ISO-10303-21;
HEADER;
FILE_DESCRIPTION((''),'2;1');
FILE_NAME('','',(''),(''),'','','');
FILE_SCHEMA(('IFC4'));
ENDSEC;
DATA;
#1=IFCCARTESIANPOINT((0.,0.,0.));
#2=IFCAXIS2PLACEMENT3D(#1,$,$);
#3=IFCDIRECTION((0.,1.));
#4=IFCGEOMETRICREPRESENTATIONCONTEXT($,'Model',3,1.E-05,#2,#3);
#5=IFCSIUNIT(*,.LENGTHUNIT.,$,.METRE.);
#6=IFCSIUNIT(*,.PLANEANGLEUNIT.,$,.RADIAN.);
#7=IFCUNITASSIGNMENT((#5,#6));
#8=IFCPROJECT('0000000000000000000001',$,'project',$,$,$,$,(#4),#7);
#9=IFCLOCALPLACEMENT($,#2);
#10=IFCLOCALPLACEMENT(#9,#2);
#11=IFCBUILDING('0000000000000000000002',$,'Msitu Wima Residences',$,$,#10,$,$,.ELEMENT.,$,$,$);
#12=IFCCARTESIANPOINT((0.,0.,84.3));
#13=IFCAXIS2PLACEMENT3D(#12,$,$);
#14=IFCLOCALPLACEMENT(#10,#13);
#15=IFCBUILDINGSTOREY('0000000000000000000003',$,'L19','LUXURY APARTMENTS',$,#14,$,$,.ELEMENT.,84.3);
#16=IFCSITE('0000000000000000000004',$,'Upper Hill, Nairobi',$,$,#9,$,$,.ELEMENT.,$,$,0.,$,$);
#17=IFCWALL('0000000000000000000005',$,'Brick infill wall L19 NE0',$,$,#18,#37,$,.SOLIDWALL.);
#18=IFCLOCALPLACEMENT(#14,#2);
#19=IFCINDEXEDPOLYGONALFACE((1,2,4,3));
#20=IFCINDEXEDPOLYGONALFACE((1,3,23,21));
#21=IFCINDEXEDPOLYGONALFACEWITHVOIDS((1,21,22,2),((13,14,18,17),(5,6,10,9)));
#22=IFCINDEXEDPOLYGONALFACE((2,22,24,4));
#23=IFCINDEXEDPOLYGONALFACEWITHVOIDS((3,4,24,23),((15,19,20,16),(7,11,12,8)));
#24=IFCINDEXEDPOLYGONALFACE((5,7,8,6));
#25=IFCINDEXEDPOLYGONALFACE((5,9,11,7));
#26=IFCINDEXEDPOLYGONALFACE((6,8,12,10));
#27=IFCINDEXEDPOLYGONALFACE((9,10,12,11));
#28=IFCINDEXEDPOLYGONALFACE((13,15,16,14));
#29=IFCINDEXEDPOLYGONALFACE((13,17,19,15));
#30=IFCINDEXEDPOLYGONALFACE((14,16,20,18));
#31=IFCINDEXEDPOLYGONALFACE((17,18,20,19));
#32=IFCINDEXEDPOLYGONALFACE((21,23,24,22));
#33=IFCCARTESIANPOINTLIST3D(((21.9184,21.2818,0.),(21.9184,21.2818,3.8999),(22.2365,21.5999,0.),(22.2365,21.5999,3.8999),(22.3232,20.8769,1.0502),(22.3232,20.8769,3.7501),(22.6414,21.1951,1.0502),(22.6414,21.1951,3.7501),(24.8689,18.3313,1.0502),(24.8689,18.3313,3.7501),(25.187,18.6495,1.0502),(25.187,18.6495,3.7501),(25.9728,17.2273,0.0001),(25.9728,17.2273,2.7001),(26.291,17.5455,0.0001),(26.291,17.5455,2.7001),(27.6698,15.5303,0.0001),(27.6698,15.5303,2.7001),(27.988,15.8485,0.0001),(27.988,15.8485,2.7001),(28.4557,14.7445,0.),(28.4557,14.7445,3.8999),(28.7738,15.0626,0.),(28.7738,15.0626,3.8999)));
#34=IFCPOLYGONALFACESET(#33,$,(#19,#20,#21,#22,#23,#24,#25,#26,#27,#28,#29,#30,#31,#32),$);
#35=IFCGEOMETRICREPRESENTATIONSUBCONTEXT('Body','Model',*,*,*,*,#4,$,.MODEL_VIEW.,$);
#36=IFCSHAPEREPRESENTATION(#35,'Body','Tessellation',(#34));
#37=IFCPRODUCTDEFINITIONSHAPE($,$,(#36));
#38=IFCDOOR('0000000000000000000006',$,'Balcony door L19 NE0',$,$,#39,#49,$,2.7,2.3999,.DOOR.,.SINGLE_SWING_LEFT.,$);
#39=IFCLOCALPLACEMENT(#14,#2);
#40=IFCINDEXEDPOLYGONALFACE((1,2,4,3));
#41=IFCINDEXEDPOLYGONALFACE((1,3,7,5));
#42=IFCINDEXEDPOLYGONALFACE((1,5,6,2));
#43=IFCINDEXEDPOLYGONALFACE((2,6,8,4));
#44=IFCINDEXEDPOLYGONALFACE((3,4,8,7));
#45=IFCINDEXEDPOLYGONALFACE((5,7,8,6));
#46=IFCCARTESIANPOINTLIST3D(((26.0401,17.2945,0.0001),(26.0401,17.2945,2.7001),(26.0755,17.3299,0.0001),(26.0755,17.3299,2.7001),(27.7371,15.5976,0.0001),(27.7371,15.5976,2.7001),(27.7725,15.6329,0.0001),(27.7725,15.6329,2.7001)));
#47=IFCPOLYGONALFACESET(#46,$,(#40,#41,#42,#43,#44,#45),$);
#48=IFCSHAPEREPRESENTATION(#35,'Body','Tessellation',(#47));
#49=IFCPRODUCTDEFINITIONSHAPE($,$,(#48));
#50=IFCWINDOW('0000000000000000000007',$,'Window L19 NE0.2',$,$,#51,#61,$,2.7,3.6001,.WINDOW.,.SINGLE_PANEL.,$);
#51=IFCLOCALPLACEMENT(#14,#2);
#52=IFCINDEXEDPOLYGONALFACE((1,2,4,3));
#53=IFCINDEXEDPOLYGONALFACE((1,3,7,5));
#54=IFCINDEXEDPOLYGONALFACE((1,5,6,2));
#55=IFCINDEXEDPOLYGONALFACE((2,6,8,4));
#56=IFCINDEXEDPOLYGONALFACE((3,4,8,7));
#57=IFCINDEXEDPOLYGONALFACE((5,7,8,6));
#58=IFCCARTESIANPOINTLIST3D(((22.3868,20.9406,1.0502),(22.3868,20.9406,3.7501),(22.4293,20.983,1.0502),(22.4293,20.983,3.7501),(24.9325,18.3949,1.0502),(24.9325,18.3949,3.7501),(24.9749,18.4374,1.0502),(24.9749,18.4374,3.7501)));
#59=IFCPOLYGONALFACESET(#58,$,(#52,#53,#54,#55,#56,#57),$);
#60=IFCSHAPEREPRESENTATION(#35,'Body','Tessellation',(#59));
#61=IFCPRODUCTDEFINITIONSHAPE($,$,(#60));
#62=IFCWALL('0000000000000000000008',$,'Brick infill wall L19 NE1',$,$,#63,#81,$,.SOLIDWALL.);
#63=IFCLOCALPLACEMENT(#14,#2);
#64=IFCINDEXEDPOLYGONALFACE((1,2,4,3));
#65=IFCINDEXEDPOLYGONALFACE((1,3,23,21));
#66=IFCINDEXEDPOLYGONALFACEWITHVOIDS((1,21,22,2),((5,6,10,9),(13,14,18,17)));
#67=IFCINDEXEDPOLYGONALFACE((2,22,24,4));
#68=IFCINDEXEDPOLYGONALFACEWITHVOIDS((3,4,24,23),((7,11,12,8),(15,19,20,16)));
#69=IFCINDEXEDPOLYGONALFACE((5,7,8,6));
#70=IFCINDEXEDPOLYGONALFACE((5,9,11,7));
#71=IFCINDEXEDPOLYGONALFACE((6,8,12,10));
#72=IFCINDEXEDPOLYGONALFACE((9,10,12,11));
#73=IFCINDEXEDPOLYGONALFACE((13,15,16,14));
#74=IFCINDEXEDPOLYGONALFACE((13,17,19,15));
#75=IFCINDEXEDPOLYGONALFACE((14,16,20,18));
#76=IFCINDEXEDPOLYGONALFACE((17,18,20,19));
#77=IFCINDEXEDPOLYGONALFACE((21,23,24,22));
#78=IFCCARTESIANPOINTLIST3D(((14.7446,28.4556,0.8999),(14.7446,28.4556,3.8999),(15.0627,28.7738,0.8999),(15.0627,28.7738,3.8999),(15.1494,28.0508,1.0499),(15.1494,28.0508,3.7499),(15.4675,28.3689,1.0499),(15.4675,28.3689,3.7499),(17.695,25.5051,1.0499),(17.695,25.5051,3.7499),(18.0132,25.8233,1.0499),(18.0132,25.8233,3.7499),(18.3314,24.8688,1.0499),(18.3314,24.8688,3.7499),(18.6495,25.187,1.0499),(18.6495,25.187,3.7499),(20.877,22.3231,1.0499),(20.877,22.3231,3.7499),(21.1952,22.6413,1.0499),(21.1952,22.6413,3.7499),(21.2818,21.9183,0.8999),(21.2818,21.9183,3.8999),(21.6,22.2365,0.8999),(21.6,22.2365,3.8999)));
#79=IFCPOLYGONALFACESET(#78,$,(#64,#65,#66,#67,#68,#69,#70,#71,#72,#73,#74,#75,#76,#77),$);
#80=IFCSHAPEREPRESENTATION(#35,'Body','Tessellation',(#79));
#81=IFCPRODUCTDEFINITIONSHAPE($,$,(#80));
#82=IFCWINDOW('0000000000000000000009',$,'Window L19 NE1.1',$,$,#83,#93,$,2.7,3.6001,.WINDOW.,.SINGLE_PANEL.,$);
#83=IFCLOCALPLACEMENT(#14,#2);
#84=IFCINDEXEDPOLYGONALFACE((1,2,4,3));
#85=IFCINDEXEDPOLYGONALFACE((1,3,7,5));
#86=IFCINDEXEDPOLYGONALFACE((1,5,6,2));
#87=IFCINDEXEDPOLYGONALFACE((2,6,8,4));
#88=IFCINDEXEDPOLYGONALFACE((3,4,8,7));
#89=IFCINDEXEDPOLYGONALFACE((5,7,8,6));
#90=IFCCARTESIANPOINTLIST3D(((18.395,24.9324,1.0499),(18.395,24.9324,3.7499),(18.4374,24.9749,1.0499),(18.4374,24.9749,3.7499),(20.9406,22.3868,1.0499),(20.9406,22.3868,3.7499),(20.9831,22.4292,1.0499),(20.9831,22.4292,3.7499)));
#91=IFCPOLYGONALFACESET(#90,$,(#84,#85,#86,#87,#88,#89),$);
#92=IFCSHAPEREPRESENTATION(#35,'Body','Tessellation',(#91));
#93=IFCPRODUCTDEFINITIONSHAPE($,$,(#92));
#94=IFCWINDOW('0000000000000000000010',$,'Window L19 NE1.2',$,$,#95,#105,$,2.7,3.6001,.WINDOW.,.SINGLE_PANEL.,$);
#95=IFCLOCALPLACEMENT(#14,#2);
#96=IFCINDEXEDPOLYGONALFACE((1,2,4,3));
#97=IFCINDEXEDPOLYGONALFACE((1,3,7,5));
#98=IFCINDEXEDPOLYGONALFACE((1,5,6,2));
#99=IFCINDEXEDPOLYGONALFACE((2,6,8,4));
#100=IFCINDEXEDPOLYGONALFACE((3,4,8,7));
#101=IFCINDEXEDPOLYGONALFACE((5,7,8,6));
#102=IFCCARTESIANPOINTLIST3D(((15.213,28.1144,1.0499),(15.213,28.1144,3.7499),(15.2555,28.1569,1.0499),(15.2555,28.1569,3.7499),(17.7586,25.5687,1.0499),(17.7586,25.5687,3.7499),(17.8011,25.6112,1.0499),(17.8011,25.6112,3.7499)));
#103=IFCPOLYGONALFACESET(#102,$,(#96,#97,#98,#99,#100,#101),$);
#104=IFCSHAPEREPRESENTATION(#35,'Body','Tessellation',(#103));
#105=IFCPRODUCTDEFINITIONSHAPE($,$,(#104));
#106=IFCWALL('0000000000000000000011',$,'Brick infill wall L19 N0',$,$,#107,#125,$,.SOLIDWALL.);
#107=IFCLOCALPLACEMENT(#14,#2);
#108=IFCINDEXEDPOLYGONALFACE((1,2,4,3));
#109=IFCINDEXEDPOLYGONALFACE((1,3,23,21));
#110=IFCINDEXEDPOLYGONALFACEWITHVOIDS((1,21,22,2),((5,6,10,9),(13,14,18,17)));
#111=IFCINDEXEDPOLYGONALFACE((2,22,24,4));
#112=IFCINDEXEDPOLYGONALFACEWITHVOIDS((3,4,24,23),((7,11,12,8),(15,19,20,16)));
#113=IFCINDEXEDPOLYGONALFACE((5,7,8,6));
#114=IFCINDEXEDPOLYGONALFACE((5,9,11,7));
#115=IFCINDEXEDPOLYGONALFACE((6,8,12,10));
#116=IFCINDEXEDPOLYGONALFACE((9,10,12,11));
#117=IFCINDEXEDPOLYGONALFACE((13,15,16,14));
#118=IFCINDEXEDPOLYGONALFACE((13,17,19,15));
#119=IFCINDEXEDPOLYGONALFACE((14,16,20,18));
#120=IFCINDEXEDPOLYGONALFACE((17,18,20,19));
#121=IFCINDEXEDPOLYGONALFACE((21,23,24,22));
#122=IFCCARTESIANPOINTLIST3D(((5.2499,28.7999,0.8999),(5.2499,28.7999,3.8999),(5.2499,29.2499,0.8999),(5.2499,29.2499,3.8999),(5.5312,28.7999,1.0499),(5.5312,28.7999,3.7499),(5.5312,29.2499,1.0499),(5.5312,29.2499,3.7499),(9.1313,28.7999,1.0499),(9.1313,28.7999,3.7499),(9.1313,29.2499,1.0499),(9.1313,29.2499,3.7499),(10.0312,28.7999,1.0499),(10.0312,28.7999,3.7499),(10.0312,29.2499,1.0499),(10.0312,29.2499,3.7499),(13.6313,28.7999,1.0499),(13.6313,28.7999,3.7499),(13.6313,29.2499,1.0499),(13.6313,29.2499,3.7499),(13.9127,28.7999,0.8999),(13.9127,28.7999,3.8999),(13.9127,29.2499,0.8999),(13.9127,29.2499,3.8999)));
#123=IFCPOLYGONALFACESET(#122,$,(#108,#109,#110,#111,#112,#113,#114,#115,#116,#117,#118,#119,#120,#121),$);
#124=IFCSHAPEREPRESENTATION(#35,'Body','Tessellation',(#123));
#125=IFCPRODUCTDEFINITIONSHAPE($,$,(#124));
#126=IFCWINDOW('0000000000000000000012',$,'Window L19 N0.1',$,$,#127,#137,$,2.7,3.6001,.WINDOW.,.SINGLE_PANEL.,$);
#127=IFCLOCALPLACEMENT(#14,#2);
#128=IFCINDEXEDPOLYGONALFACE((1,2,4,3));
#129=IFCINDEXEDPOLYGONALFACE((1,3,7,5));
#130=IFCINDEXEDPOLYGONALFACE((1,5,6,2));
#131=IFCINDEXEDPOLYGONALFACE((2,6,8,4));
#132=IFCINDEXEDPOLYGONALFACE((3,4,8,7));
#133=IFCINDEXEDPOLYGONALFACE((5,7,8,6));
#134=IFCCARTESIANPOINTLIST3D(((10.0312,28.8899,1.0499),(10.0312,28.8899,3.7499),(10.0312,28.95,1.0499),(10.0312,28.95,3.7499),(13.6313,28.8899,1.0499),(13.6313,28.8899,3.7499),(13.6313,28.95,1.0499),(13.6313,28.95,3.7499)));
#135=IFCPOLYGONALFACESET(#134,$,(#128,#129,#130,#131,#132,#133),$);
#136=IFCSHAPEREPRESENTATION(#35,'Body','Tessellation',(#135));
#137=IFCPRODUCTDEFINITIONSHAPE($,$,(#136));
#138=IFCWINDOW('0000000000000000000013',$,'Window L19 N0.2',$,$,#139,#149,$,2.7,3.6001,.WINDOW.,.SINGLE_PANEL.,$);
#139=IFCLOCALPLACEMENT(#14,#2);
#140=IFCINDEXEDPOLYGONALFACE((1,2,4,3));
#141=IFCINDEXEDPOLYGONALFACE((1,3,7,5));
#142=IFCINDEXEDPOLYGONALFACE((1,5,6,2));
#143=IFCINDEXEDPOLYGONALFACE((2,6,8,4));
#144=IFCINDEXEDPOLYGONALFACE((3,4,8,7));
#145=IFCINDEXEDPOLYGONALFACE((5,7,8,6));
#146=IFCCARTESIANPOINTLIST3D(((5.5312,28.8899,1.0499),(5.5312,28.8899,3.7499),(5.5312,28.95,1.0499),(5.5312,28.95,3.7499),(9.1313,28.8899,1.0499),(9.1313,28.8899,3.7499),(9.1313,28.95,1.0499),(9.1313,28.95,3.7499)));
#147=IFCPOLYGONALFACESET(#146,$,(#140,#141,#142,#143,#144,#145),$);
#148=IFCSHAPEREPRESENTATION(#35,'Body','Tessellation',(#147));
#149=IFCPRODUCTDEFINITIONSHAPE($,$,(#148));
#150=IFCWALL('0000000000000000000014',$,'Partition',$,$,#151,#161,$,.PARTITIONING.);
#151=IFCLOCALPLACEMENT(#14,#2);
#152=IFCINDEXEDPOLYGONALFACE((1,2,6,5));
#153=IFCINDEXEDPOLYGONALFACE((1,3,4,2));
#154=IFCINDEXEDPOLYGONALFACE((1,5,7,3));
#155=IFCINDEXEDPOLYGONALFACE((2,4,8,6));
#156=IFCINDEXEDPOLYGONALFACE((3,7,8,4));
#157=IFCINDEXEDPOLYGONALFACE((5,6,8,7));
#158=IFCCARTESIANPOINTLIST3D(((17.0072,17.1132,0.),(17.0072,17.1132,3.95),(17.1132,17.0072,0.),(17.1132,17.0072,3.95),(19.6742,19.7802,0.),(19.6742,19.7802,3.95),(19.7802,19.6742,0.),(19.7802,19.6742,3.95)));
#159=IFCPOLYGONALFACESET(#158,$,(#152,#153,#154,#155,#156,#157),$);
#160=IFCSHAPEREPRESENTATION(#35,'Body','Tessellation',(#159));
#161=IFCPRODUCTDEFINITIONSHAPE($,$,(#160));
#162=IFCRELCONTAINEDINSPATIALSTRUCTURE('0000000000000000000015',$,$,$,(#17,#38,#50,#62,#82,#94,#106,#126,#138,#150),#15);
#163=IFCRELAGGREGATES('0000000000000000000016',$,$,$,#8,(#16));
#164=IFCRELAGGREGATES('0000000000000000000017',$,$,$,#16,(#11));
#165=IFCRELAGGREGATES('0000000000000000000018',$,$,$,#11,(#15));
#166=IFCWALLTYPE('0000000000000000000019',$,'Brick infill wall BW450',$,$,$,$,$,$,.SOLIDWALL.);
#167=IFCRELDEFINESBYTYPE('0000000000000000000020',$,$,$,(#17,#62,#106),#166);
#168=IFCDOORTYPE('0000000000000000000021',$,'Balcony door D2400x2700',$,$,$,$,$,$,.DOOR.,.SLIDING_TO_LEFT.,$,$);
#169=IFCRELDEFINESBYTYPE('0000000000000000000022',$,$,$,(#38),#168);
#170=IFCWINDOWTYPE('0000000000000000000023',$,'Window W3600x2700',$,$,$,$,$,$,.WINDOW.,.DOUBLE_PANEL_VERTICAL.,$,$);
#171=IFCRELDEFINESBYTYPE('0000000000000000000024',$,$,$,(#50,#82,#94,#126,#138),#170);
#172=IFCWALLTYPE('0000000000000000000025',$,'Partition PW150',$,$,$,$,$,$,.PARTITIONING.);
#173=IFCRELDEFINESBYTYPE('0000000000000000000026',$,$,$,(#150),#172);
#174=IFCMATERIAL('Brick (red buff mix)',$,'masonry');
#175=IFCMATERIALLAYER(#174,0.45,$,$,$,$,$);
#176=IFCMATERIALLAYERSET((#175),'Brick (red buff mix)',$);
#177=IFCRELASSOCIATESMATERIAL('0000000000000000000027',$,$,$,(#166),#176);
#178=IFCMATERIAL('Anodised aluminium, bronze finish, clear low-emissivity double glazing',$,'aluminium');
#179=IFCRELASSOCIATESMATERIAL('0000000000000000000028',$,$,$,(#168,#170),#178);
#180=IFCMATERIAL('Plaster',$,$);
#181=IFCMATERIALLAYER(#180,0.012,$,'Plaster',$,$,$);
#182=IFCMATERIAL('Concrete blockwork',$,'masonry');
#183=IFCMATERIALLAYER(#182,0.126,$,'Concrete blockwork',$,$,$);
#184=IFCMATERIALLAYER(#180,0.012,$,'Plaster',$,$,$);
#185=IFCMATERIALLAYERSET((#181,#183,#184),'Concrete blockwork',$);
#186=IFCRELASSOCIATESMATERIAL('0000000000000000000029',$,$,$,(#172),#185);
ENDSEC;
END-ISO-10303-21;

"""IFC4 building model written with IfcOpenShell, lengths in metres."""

from ifc_helpers import new_model, si_unit, direction, frame, frame_2d, origin, place, context, subcontext, project, spatial, rectangle, extrude, material, layer, layer_set, type_object, element, fill, save


model = new_model("IFC4")

# Units and contexts
model_context = context("Model", 3, precision=1e-05, world=origin(), true_north=direction((0.0, 1.0)))
body_context = subcontext(model_context, "Body", "Model", "MODEL_VIEW")
ifc_project = project(units=[si_unit("LENGTHUNIT", "METRE"), si_unit("PLANEANGLEUNIT", "RADIAN")], contexts=[model_context])

# Site, building, storey
site_placement = place(None, origin())
site = spatial("IfcSite", under=ifc_project, at=site_placement, Name="Upper Hill, Nairobi", CompositionType="ELEMENT", RefElevation=0.0)
building_placement = place(site_placement, origin())
building = spatial("IfcBuilding", under=site, at=building_placement, Name="Msitu Wima Residences", CompositionType="ELEMENT")
storey_placement = place(building_placement, frame((0.0, 0.0, 84.3)))
storey = spatial("IfcBuildingStorey", under=building, at=storey_placement, Name="L19", Description="LUXURY APARTMENTS", CompositionType="ELEMENT", Elevation=84.3)

# Wall, openings, door, window
ifc_material_1 = material(Name="Brick (red buff mix)", Category="masonry")
ifc_layer_1 = layer(ifc_material_1, 0.45)
ifc_layer_set_1 = layer_set([ifc_layer_1], Name="Brick (red buff mix)")
wall_type_1 = type_object("IfcWallType", Name="Brick infill wall BW450", PredefinedType="SOLIDWALL", material=ifc_layer_set_1)
wall_1_placement = place(storey_placement, frame((28.6147, 14.9036, 0.0), z_axis=(0.0, 0.0, 1.0), x_axis=(-0.707107, 0.707107, 0.0)))
wall_1 = element("IfcWall", 1, at=wall_1_placement, inside=storey, type_object=wall_type_1, Name="Brick infill wall L19 NE0", PredefinedType="SOLIDWALL", context=body_context, shape_type="SweptSolid", body=[
    extrude(rectangle(XDim=9.2451, YDim=0.45, at=frame_2d((4.6226, 0.0))), origin(), (0.0, 0.0, 1.0), 3.8999),
])
opening_1_placement = place(wall_1_placement, frame((1.1113, 0.0, 0.0)))
opening_1 = element("IfcOpeningElement", 2, at=opening_1_placement, cuts=wall_1, PredefinedType="OPENING", context=body_context, shape_type="SweptSolid", body=[
    extrude(rectangle(XDim=2.3999, YDim=2.7, at=frame_2d((1.2, 1.3501))), frame((0.0, 0.2349, 0.0), z_axis=(0.0, -1.0, 0.0), x_axis=(1.0, 0.0, 0.0)), (0.0, 0.0, 1.0), 0.47),
])
opening_2_placement = place(wall_1_placement, frame((5.0725, 0.0, 1.05)))
opening_2 = element("IfcOpeningElement", 3, at=opening_2_placement, cuts=wall_1, PredefinedType="OPENING", context=body_context, shape_type="SweptSolid", body=[
    extrude(rectangle(XDim=3.6001, YDim=2.7, at=frame_2d((1.8, 1.3501))), frame((0.0, 0.2349, 0.0), z_axis=(0.0, -1.0, 0.0), x_axis=(1.0, 0.0, 0.0)), (0.0, 0.0, 1.0), 0.47),
])
ifc_material_2 = material(Name="Anodised aluminium, bronze finish, clear low-emissivity double glazing", Category="aluminium")
door_type_1 = type_object("IfcDoorType", Name="Balcony door D2400x2700", OperationType="SLIDING_TO_LEFT", PredefinedType="DOOR", material=ifc_material_2)
door_1_placement = place(opening_1_placement, origin())
door_1 = element("IfcDoor", 4, at=door_1_placement, inside=storey, type_object=door_type_1, Name="Balcony door L19 NE0", OperationType="SINGLE_SWING_LEFT", OverallHeight=2.7, OverallWidth=2.3999, PredefinedType="DOOR", context=body_context, shape_type="SweptSolid", body=[
    extrude(rectangle(XDim=2.3999, YDim=2.7, at=frame_2d((1.2, 1.3501))), frame((0.0, 0.1299, 0.0), z_axis=(0.0, -1.0, 0.0), x_axis=(1.0, 0.0, 0.0)), (0.0, 0.0, 1.0), 0.05),
])
fill(opening_1, door_1)
window_type = type_object("IfcWindowType", Name="Window W3600x2700", PartitioningType="DOUBLE_PANEL_VERTICAL", PredefinedType="WINDOW", material=ifc_material_2)
window_1_placement = place(opening_2_placement, origin())
window_1 = element("IfcWindow", 5, at=window_1_placement, inside=storey, type_object=window_type, Name="Window L19 NE0.2", OverallHeight=2.7, OverallWidth=3.6001, PartitioningType="SINGLE_PANEL", PredefinedType="WINDOW", context=body_context, shape_type="SweptSolid", body=[
    extrude(rectangle(XDim=3.6001, YDim=2.7, at=frame_2d((1.8, 1.3501))), frame((0.0, 0.135, 0.0), z_axis=(0.0, -1.0, 0.0), x_axis=(1.0, 0.0, 0.0)), (0.0, 0.0, 1.0), 0.0601),
])
fill(opening_2, window_1)

# Walls, openings, windows
wall_2_placement = place(storey_placement, frame((21.4409, 22.0774, 0.8999), z_axis=(0.0, 0.0, 1.0), x_axis=(-0.707107, 0.707107, 0.0)))
wall_2 = element("IfcWall", 6, at=wall_2_placement, inside=storey, type_object=wall_type_1, Name="Brick infill wall L19 NE1", PredefinedType="SOLIDWALL", context=body_context, shape_type="SweptSolid", body=[
    extrude(rectangle(XDim=9.2451, YDim=0.45, at=frame_2d((4.6226, 0.0))), origin(), (0.0, 0.0, 1.0), 3.0),
])
opening_3_placement = place(wall_2_placement, frame((0.5725, 0.0, 0.1499)))
opening_3 = element("IfcOpeningElement", 7, at=opening_3_placement, cuts=wall_2, PredefinedType="OPENING", context=body_context, shape_type="SweptSolid", body=[
    extrude(rectangle(XDim=3.6001, YDim=2.7, at=frame_2d((1.8, 1.3501))), frame((0.0, 0.2349, 0.0), z_axis=(0.0, -1.0, 0.0), x_axis=(1.0, 0.0, 0.0)), (0.0, 0.0, 1.0), 0.47),
])
opening_4_placement = place(wall_2_placement, frame((5.0725, 0.0, 0.1499)))
opening_4 = element("IfcOpeningElement", 8, at=opening_4_placement, cuts=wall_2, PredefinedType="OPENING", context=body_context, shape_type="SweptSolid", body=[
    extrude(rectangle(XDim=3.6001, YDim=2.7, at=frame_2d((1.8, 1.3501))), frame((0.0, 0.2349, 0.0), z_axis=(0.0, -1.0, 0.0), x_axis=(1.0, 0.0, 0.0)), (0.0, 0.0, 1.0), 0.47),
])
window_2_placement = place(opening_3_placement, origin())
window_2 = element("IfcWindow", 9, at=window_2_placement, inside=storey, type_object=window_type, Name="Window L19 NE1.1", OverallHeight=2.7, OverallWidth=3.6001, PartitioningType="SINGLE_PANEL", PredefinedType="WINDOW", context=body_context, shape_type="SweptSolid", body=[
    extrude(rectangle(XDim=3.6001, YDim=2.7, at=frame_2d((1.8, 1.3501))), frame((0.0, 0.135, 0.0), z_axis=(0.0, -1.0, 0.0), x_axis=(1.0, 0.0, 0.0)), (0.0, 0.0, 1.0), 0.0601),
])
fill(opening_3, window_2)
window_3_placement = place(opening_4_placement, origin())
window_3 = element("IfcWindow", 10, at=window_3_placement, inside=storey, type_object=window_type, Name="Window L19 NE1.2", OverallHeight=2.7, OverallWidth=3.6001, PartitioningType="SINGLE_PANEL", PredefinedType="WINDOW", context=body_context, shape_type="SweptSolid", body=[
    extrude(rectangle(XDim=3.6001, YDim=2.7, at=frame_2d((1.8, 1.3501))), frame((0.0, 0.135, 0.0), z_axis=(0.0, -1.0, 0.0), x_axis=(1.0, 0.0, 0.0)), (0.0, 0.0, 1.0), 0.0601),
])
fill(opening_4, window_3)
wall_3_placement = place(storey_placement, frame((13.9128, 29.0249, 0.8999), z_axis=(0.0, 0.0, 1.0), x_axis=(-1.0, 0.0, 0.0)))
wall_3 = element("IfcWall", 11, at=wall_3_placement, inside=storey, type_object=wall_type_1, Name="Brick infill wall L19 N0", PredefinedType="SOLIDWALL", context=body_context, shape_type="SweptSolid", body=[
    extrude(rectangle(XDim=8.6628, YDim=0.45, at=frame_2d((4.3315, 0.0))), origin(), (0.0, 0.0, 1.0), 3.0),
])
opening_5_placement = place(wall_3_placement, frame((0.2815, 0.0, 0.1499)))
opening_5 = element("IfcOpeningElement", 12, at=opening_5_placement, cuts=wall_3, PredefinedType="OPENING", context=body_context, shape_type="SweptSolid", body=[
    extrude(rectangle(XDim=3.6001, YDim=2.7, at=frame_2d((1.8, 1.3501))), frame((0.0, 0.2349, 0.0), z_axis=(0.0, -1.0, 0.0), x_axis=(1.0, 0.0, 0.0)), (0.0, 0.0, 1.0), 0.47),
])
opening_6_placement = place(wall_3_placement, frame((4.7815, 0.0, 0.1499)))
opening_6 = element("IfcOpeningElement", 13, at=opening_6_placement, cuts=wall_3, PredefinedType="OPENING", context=body_context, shape_type="SweptSolid", body=[
    extrude(rectangle(XDim=3.6001, YDim=2.7, at=frame_2d((1.8, 1.3501))), frame((0.0, 0.2349, 0.0), z_axis=(0.0, -1.0, 0.0), x_axis=(1.0, 0.0, 0.0)), (0.0, 0.0, 1.0), 0.47),
])
window_4_placement = place(opening_5_placement, origin())
window_4 = element("IfcWindow", 14, at=window_4_placement, inside=storey, type_object=window_type, Name="Window L19 N0.1", OverallHeight=2.7, OverallWidth=3.6001, PartitioningType="SINGLE_PANEL", PredefinedType="WINDOW", context=body_context, shape_type="SweptSolid", body=[
    extrude(rectangle(XDim=3.6001, YDim=2.7, at=frame_2d((1.8, 1.3501))), frame((0.0, 0.135, 0.0), z_axis=(0.0, -1.0, 0.0), x_axis=(1.0, 0.0, 0.0)), (0.0, 0.0, 1.0), 0.0601),
])
fill(opening_5, window_4)
window_5_placement = place(opening_6_placement, origin())
window_5 = element("IfcWindow", 15, at=window_5_placement, inside=storey, type_object=window_type, Name="Window L19 N0.2", OverallHeight=2.7, OverallWidth=3.6001, PartitioningType="SINGLE_PANEL", PredefinedType="WINDOW", context=body_context, shape_type="SweptSolid", body=[
    extrude(rectangle(XDim=3.6001, YDim=2.7, at=frame_2d((1.8, 1.3501))), frame((0.0, 0.135, 0.0), z_axis=(0.0, -1.0, 0.0), x_axis=(1.0, 0.0, 0.0)), (0.0, 0.0, 1.0), 0.0601),
])
fill(opening_6, window_5)

# Wall
ifc_material_3 = material(Name="Plaster")
ifc_layer_2 = layer(ifc_material_3, 0.012, Name="Plaster")
ifc_material_4 = material(Name="Concrete blockwork", Category="masonry")
ifc_layer_3 = layer(ifc_material_4, 0.126, Name="Concrete blockwork")
ifc_layer_4 = layer(ifc_material_3, 0.012, Name="Plaster")
ifc_layer_set_2 = layer_set([ifc_layer_2, ifc_layer_3, ifc_layer_4], Name="Concrete blockwork")
wall_type_2 = type_object("IfcWallType", Name="Partition PW150", PredefinedType="PARTITIONING", material=ifc_layer_set_2)
wall_4_placement = place(storey_placement, frame((17.0603, 17.0603, 0.0), z_axis=(0.0, 0.0, 1.0), x_axis=(0.707107, 0.707107, 0.0)))
element("IfcWall", 16, at=wall_4_placement, inside=storey, type_object=wall_type_2, Name="Partition", PredefinedType="PARTITIONING", context=body_context, shape_type="SweptSolid", body=[
    extrude(rectangle(XDim=3.7717, YDim=0.1499, at=frame_2d((1.8857, 0.0))), origin(), (0.0, 0.0, 1.0), 3.95),
])

save(model, "model.ifc")
